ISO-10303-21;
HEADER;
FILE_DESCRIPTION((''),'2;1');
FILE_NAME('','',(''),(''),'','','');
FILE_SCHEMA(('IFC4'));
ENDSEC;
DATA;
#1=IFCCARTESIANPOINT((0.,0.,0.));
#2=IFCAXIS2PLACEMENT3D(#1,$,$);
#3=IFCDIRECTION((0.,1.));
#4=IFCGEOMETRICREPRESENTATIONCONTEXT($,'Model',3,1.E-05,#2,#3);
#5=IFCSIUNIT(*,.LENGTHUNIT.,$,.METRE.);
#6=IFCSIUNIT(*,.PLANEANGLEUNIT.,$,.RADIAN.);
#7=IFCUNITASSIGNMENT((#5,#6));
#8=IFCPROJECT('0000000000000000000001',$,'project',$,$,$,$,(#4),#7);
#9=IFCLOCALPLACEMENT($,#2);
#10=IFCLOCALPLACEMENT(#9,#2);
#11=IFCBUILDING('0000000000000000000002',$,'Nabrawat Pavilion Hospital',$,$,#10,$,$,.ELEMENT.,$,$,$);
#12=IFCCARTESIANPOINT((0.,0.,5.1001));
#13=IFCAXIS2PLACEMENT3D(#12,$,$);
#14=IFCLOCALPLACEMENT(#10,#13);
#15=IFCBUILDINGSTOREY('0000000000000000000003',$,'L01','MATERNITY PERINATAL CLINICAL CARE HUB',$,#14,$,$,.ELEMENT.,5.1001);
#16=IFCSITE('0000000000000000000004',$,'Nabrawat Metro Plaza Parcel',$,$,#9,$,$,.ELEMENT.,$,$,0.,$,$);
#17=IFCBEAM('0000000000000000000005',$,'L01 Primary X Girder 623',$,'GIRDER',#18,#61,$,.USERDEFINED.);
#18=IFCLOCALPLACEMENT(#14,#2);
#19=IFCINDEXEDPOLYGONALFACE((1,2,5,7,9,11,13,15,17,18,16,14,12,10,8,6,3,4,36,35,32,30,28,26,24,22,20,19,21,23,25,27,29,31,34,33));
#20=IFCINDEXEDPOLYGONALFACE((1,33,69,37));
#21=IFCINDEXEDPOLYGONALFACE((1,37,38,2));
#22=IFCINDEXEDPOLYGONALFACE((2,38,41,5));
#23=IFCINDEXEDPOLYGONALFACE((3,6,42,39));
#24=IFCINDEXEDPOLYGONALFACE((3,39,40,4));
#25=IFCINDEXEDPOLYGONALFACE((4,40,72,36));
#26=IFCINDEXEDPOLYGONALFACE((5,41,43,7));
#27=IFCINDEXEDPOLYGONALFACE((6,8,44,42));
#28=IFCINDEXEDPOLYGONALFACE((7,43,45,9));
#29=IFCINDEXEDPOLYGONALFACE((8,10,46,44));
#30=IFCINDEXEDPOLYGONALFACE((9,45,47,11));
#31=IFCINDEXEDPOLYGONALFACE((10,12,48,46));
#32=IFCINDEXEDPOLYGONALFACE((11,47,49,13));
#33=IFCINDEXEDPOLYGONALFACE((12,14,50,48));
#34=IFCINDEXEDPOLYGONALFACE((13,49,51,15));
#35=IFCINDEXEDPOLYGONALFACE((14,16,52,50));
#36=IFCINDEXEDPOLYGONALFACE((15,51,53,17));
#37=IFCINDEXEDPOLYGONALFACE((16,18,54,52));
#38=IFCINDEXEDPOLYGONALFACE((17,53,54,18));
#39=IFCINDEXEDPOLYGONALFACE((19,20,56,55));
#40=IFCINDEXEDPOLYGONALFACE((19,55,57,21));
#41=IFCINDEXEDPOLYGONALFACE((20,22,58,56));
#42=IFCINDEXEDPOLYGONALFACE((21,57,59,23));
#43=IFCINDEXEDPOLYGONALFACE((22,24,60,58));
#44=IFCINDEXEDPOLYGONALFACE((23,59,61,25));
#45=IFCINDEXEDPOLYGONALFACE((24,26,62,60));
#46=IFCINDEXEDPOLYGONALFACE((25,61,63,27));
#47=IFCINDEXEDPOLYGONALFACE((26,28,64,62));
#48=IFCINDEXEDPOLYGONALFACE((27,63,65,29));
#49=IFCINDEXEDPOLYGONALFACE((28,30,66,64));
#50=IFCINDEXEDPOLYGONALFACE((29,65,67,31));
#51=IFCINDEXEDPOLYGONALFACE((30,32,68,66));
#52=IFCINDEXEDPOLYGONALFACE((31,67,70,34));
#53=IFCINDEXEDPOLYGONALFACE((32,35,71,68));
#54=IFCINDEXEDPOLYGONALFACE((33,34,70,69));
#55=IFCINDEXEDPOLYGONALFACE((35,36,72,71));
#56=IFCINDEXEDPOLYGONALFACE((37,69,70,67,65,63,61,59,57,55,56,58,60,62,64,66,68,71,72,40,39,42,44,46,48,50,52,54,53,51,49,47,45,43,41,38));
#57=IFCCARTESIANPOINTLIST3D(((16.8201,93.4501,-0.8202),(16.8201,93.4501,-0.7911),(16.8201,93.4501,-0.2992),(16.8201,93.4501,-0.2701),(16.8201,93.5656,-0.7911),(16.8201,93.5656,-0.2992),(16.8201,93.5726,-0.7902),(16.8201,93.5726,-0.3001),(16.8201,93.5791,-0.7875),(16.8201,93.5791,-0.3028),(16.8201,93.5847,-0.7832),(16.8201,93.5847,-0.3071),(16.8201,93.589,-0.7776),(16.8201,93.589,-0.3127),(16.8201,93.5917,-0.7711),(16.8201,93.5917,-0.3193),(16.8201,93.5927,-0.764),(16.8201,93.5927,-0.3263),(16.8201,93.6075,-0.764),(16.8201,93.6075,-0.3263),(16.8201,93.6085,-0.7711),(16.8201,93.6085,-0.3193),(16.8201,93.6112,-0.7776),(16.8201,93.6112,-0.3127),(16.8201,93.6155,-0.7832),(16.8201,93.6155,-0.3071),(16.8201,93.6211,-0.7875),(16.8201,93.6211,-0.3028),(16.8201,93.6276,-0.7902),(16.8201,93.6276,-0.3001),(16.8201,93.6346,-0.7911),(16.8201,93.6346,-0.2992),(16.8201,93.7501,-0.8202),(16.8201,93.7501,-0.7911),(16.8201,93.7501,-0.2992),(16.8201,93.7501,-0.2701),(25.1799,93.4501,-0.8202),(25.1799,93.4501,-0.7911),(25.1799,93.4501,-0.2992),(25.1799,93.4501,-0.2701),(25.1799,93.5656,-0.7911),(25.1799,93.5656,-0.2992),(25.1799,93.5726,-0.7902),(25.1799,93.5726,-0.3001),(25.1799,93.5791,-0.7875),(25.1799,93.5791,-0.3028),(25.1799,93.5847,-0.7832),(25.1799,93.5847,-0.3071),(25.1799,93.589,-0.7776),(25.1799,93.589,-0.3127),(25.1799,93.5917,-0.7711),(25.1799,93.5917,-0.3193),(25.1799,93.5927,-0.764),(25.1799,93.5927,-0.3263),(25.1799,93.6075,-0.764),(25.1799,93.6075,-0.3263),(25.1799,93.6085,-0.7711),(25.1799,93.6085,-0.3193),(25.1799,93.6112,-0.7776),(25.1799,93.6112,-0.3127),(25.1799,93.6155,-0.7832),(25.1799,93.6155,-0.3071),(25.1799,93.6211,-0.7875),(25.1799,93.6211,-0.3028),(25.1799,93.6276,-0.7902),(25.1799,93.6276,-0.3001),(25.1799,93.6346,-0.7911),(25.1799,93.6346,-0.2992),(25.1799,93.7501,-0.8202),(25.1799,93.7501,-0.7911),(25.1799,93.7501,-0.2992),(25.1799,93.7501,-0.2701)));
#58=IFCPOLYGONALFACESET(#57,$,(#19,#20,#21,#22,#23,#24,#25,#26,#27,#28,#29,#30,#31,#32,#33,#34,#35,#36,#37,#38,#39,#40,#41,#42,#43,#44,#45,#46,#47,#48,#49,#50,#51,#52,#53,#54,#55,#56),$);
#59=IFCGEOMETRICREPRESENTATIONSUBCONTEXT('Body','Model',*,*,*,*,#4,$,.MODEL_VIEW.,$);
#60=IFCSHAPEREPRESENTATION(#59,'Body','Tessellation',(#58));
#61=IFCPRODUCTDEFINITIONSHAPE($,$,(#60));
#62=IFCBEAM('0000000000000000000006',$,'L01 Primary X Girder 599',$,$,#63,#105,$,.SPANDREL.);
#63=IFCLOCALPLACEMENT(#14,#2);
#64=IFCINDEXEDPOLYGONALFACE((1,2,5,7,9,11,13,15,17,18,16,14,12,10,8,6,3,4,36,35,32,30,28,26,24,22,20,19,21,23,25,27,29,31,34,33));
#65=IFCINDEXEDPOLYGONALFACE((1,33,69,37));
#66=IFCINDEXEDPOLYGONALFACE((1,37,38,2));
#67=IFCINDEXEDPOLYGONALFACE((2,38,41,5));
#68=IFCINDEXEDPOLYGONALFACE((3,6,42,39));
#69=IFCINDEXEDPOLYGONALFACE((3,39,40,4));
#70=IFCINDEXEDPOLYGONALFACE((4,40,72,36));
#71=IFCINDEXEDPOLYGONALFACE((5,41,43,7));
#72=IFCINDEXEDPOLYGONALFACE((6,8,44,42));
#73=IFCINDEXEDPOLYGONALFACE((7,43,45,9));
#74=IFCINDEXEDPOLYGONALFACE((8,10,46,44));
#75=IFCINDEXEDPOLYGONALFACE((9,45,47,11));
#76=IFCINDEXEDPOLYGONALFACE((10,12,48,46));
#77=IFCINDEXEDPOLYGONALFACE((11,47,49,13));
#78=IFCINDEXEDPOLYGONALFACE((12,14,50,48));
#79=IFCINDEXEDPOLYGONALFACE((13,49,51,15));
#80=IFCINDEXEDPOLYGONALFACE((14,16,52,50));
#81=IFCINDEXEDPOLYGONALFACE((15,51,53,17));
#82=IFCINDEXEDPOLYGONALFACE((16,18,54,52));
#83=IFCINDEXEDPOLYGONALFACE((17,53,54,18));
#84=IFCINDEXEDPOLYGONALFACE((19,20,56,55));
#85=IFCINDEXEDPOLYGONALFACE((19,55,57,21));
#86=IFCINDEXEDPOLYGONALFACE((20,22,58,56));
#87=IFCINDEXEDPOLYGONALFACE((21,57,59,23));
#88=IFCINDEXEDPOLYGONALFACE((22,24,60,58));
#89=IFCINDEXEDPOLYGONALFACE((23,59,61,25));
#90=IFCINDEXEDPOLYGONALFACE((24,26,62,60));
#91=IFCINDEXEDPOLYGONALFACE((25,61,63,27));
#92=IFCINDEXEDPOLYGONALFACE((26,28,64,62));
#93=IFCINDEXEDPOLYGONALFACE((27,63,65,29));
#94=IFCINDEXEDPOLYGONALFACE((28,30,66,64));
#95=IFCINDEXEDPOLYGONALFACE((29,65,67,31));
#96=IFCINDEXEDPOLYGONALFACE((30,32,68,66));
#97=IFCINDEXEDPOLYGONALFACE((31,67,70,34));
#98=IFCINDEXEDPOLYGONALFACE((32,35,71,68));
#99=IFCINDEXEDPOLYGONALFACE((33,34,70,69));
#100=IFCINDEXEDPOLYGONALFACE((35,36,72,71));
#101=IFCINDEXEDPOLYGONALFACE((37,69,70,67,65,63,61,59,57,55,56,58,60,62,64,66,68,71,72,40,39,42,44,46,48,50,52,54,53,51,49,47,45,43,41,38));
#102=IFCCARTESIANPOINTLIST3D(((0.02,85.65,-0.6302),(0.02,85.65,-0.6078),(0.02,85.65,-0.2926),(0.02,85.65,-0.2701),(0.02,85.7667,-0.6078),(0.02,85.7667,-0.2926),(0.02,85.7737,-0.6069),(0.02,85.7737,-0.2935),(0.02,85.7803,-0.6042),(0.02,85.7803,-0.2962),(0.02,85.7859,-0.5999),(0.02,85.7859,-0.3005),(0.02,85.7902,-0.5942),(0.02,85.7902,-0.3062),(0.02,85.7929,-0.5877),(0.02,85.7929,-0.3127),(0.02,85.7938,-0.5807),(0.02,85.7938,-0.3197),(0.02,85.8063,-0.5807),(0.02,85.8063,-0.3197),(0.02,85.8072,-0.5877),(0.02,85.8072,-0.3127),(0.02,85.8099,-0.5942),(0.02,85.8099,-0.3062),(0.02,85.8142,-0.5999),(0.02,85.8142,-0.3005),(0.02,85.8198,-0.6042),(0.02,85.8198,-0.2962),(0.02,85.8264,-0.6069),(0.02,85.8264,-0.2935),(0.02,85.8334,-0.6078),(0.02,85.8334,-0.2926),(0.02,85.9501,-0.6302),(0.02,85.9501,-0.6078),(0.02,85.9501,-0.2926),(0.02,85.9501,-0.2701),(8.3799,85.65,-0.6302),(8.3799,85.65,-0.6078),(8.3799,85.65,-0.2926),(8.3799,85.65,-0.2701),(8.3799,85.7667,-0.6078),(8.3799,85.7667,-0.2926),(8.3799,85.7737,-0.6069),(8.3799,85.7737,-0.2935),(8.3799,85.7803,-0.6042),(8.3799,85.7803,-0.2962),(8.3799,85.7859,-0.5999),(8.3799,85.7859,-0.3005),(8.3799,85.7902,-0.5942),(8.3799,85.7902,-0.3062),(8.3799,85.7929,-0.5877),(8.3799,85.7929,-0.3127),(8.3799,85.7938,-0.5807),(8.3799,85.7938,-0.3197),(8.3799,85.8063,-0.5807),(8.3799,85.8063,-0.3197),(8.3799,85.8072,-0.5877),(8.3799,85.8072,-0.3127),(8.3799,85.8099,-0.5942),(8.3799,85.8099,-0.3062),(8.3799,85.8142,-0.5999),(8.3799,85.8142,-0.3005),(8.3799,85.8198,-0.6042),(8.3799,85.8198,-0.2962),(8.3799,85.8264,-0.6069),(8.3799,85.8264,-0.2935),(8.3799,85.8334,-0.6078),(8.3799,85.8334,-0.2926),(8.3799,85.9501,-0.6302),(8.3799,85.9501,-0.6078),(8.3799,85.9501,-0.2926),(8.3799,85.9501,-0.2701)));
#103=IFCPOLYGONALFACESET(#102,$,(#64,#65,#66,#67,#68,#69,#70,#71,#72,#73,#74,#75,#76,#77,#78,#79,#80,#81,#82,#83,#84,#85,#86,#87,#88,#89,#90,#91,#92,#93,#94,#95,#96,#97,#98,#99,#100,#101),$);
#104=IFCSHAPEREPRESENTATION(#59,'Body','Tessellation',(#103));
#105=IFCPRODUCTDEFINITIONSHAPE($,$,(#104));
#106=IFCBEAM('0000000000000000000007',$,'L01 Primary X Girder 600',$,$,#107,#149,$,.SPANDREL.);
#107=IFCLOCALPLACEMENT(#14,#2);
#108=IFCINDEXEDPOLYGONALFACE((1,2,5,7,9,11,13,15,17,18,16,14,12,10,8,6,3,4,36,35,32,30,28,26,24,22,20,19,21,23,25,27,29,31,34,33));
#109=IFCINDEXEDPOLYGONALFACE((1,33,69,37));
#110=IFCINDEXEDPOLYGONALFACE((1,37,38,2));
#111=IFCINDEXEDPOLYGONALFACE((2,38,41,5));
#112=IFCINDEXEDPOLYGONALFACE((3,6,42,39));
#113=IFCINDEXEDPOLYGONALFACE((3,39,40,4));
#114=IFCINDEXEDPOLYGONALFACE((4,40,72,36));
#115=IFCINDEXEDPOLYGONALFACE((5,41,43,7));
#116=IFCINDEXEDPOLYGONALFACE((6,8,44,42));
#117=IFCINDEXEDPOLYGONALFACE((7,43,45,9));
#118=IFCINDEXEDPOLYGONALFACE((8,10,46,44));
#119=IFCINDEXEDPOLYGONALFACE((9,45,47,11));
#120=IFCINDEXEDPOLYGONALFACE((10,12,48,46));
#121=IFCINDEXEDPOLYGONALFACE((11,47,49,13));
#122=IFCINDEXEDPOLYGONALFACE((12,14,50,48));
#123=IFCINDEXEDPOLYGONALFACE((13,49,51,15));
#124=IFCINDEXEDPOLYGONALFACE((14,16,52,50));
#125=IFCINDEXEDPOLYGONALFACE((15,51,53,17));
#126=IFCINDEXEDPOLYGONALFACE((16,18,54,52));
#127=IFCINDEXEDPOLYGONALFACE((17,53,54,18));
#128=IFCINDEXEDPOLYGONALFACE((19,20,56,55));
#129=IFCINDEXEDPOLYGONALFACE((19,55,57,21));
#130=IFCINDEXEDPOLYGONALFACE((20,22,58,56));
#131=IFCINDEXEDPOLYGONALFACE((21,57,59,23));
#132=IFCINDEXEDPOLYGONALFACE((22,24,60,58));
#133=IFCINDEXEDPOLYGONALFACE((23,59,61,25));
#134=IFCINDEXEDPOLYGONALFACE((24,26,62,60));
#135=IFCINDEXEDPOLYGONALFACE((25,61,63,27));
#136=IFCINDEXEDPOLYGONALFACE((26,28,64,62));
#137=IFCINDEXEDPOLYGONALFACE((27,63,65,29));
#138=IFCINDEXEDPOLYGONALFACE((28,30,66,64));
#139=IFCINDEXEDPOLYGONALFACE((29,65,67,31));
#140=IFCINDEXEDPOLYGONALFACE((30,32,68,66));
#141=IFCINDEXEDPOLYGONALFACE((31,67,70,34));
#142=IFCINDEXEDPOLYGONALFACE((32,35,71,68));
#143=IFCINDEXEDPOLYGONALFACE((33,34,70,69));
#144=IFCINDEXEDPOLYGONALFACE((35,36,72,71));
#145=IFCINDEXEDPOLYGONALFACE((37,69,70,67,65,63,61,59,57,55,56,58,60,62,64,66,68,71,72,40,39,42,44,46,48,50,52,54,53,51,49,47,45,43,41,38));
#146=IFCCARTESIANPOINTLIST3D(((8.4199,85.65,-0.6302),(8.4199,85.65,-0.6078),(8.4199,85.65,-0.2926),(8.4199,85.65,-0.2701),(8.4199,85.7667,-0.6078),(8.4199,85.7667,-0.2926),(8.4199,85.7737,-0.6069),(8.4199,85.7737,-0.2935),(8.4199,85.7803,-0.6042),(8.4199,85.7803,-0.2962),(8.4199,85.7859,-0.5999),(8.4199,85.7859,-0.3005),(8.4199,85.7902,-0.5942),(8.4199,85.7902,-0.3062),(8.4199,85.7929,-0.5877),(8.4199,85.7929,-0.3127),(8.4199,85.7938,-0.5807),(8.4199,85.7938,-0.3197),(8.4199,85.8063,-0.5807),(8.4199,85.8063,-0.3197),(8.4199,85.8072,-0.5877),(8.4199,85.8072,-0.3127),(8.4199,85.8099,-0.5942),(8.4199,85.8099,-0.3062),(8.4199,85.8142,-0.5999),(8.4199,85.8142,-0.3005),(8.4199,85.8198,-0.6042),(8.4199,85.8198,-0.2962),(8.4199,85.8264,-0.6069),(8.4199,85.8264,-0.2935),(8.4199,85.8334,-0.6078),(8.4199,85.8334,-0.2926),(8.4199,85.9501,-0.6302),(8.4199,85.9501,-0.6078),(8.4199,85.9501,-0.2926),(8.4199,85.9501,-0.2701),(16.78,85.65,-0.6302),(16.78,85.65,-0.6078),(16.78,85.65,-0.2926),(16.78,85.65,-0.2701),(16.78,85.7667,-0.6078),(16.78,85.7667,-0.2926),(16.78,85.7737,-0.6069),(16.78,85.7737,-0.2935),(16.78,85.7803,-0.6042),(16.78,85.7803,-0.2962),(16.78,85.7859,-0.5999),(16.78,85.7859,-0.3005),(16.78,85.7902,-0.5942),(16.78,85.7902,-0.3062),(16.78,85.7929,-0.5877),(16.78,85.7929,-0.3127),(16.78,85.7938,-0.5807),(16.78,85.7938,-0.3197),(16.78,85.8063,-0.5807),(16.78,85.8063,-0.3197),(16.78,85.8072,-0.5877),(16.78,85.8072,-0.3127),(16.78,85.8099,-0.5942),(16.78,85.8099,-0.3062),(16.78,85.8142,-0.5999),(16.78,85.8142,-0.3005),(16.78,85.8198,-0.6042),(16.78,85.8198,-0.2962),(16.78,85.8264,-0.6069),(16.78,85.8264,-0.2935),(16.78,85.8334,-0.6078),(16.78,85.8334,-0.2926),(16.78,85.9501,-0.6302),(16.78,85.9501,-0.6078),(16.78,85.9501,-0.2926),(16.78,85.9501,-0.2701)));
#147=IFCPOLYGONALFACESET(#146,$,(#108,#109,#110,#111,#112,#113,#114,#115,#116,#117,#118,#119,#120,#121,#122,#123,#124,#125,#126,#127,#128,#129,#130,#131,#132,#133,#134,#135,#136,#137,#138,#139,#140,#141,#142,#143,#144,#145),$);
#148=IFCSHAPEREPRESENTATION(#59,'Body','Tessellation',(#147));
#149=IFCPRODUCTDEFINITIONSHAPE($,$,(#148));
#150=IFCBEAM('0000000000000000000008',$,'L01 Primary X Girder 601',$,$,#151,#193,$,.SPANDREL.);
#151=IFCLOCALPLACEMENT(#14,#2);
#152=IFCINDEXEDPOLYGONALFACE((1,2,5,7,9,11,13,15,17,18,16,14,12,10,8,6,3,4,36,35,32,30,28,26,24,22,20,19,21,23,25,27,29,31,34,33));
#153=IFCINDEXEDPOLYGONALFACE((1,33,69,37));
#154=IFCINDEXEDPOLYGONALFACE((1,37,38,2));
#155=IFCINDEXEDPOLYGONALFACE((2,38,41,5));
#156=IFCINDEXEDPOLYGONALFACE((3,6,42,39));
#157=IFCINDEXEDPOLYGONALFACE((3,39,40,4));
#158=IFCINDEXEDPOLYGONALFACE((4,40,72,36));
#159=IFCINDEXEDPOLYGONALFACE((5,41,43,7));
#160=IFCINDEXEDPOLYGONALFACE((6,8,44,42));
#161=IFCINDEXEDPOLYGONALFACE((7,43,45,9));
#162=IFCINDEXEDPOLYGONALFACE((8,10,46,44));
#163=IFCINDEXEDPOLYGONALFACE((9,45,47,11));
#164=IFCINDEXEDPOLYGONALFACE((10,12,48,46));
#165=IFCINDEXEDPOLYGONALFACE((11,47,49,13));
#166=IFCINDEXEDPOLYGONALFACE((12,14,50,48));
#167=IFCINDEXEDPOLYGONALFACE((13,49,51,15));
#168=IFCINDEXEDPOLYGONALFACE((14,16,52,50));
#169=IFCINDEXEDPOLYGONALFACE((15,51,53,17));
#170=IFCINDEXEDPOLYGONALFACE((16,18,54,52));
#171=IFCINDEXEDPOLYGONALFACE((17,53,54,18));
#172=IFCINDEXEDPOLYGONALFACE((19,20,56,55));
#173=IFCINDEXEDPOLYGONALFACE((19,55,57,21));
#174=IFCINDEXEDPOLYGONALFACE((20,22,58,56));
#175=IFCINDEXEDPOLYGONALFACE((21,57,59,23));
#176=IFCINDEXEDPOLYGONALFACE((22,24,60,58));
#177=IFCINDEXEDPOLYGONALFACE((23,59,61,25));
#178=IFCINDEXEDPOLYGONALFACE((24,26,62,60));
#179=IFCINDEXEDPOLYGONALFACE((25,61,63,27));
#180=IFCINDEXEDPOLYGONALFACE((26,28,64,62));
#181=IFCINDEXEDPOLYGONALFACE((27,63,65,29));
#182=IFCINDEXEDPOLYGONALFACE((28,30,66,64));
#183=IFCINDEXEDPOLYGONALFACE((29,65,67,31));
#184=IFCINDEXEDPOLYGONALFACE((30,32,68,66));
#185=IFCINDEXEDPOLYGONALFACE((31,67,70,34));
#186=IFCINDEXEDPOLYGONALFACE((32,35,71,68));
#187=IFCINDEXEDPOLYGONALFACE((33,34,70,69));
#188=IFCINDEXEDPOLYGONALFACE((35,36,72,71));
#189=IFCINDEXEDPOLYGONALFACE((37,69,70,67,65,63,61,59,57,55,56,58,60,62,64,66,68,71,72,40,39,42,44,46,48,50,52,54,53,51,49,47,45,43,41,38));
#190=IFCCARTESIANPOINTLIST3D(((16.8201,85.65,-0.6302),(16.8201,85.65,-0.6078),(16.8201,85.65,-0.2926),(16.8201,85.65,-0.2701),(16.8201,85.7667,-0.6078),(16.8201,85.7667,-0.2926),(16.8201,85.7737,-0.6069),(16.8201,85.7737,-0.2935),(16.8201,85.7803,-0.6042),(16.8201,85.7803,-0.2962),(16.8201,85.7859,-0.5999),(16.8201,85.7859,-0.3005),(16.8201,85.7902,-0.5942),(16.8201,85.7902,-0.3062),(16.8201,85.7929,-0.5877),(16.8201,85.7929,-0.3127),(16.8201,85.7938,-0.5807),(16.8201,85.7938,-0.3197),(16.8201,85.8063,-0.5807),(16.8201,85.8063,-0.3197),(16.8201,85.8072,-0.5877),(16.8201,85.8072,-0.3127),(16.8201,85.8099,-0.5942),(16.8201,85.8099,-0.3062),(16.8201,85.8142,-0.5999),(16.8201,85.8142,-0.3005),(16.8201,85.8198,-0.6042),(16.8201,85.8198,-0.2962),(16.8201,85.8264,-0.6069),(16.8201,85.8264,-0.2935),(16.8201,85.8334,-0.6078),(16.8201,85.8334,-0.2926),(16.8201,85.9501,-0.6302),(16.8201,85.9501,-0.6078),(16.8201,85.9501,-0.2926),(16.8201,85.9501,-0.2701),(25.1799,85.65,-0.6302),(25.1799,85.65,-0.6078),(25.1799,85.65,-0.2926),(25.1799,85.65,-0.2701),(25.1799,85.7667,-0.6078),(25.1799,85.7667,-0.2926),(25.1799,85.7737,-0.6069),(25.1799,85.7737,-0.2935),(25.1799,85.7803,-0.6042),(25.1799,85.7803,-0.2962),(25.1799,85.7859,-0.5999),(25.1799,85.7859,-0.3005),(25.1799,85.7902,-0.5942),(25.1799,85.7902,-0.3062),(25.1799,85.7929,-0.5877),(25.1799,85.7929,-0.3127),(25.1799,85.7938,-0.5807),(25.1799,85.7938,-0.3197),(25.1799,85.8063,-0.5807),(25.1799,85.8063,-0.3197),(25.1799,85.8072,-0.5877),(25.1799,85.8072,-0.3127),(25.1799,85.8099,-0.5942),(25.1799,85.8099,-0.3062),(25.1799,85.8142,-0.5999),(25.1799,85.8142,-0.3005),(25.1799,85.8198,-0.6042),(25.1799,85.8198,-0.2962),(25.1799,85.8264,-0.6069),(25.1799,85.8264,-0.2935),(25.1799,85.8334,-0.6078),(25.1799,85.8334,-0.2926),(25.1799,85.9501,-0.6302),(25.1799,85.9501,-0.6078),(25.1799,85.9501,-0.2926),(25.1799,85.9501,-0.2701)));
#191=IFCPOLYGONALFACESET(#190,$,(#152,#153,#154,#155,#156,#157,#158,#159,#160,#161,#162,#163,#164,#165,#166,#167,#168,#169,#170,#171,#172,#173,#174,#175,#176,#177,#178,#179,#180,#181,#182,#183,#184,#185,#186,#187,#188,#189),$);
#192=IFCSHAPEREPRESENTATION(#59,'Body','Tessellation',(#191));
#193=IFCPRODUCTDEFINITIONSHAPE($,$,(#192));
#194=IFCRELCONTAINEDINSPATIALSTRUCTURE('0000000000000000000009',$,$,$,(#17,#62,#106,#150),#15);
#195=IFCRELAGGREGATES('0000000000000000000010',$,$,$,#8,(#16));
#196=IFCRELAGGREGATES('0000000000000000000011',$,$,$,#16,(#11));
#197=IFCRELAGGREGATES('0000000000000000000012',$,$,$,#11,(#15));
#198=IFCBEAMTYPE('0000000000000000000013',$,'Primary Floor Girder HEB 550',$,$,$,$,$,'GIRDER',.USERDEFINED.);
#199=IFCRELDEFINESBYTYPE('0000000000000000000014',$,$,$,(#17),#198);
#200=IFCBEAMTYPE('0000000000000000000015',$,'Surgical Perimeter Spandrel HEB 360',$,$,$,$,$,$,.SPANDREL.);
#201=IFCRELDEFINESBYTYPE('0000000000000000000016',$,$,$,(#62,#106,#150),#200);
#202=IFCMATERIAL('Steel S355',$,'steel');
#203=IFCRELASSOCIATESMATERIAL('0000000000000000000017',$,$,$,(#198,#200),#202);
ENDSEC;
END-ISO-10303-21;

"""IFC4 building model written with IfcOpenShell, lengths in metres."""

from ifc_helpers import new_model, si_unit, direction, frame, origin, origin_2d, place, context, subcontext, project, spatial, i_section, extrude, material, material_profile, profile_set, type_object, element, save


model = new_model("IFC4")

# Units and contexts
model_context = context("Model", 3, precision=1e-05, world=origin(), true_north=direction((0.0, 1.0)))
body_context = subcontext(model_context, "Body", "Model", "MODEL_VIEW")
ifc_project = project(units=[si_unit("LENGTHUNIT", "METRE"), si_unit("PLANEANGLEUNIT", "RADIAN")], contexts=[model_context])

# Site, building, storey
site_placement = place(None, origin())
site = spatial("IfcSite", under=ifc_project, at=site_placement, Name="Nabrawat Metro Plaza Parcel", CompositionType="ELEMENT", RefElevation=0.0)
building_placement = place(site_placement, origin())
building = spatial("IfcBuilding", under=site, at=building_placement, Name="Nabrawat Pavilion Hospital", CompositionType="ELEMENT")
storey_placement = place(building_placement, frame((0.0, 0.0, 5.1001)))
storey = spatial("IfcBuildingStorey", under=building, at=storey_placement, Name="L01", Description="MATERNITY PERINATAL CLINICAL CARE HUB", CompositionType="ELEMENT", Elevation=5.1001)

# Shared definitions
ifc_material_1 = material(Name="Steel S355", Category="steel")

# Beams
ifc_material_profile_1 = material_profile(ifc_material_1, i_section(OverallWidth=0.3, OverallDepth=0.55, WebThickness=0.0149, FlangeThickness=0.0291, FilletRadius=0.0271, at=origin_2d()), Name="HEB 550")
ifc_profile_set_1 = profile_set([ifc_material_profile_1], Name="Steel S355")
beam_type_1 = type_object("IfcBeamType", Name="Primary Floor Girder HEB 550", ElementType="GIRDER", PredefinedType="USERDEFINED", material=ifc_profile_set_1)
beam_1_placement = place(storey_placement, frame((16.8201, 93.6001, -0.5452), z_axis=(1.0, 0.0, 0.0), x_axis=(0.0, 1.0, 0.0)))
element("IfcBeam", 1, at=beam_1_placement, inside=storey, type_object=beam_type_1, Name="L01 Primary X Girder 623", ObjectType="GIRDER", PredefinedType="USERDEFINED", context=body_context, shape_type="SweptSolid", body=[
    extrude(i_section(OverallWidth=0.3, OverallDepth=0.55, WebThickness=0.0149, FlangeThickness=0.0291, FilletRadius=0.0271, at=origin_2d()), origin(), (0.0, 0.0, 1.0), 8.3599),
])
ifc_material_profile_2 = material_profile(ifc_material_1, i_section(OverallWidth=0.3, OverallDepth=0.3601, WebThickness=0.0125, FlangeThickness=0.0225, FilletRadius=0.0271, at=origin_2d()), Name="HEB 360")
ifc_profile_set_2 = profile_set([ifc_material_profile_2], Name="Steel S355")
beam_type_2 = type_object("IfcBeamType", Name="Surgical Perimeter Spandrel HEB 360", PredefinedType="SPANDREL", material=ifc_profile_set_2)
beam_2_placement = place(storey_placement, frame((0.02, 85.8, -0.4502), z_axis=(1.0, 0.0, 0.0), x_axis=(0.0, 1.0, 0.0)))
element("IfcBeam", 2, at=beam_2_placement, inside=storey, type_object=beam_type_2, Name="L01 Primary X Girder 599", PredefinedType="SPANDREL", context=body_context, shape_type="SweptSolid", body=[
    extrude(i_section(OverallWidth=0.3, OverallDepth=0.3601, WebThickness=0.0125, FlangeThickness=0.0225, FilletRadius=0.0271, at=origin_2d()), origin(), (0.0, 0.0, 1.0), 8.3599),
])
beam_3_placement = place(storey_placement, frame((8.4199, 85.8, -0.4502), z_axis=(1.0, 0.0, 0.0), x_axis=(0.0, 1.0, 0.0)))
element("IfcBeam", 3, at=beam_3_placement, inside=storey, type_object=beam_type_2, Name="L01 Primary X Girder 600", PredefinedType="SPANDREL", context=body_context, shape_type="SweptSolid", body=[
    extrude(i_section(OverallWidth=0.3, OverallDepth=0.3601, WebThickness=0.0125, FlangeThickness=0.0225, FilletRadius=0.0271, at=origin_2d()), origin(), (0.0, 0.0, 1.0), 8.3601),
])
beam_4_placement = place(storey_placement, frame((16.8201, 85.8, -0.4502), z_axis=(1.0, 0.0, 0.0), x_axis=(0.0, 1.0, 0.0)))
element("IfcBeam", 4, at=beam_4_placement, inside=storey, type_object=beam_type_2, Name="L01 Primary X Girder 601", PredefinedType="SPANDREL", context=body_context, shape_type="SweptSolid", body=[
    extrude(i_section(OverallWidth=0.3, OverallDepth=0.3601, WebThickness=0.0125, FlangeThickness=0.0225, FilletRadius=0.0271, at=origin_2d()), origin(), (0.0, 0.0, 1.0), 8.3599),
])

save(model, "model.ifc")
